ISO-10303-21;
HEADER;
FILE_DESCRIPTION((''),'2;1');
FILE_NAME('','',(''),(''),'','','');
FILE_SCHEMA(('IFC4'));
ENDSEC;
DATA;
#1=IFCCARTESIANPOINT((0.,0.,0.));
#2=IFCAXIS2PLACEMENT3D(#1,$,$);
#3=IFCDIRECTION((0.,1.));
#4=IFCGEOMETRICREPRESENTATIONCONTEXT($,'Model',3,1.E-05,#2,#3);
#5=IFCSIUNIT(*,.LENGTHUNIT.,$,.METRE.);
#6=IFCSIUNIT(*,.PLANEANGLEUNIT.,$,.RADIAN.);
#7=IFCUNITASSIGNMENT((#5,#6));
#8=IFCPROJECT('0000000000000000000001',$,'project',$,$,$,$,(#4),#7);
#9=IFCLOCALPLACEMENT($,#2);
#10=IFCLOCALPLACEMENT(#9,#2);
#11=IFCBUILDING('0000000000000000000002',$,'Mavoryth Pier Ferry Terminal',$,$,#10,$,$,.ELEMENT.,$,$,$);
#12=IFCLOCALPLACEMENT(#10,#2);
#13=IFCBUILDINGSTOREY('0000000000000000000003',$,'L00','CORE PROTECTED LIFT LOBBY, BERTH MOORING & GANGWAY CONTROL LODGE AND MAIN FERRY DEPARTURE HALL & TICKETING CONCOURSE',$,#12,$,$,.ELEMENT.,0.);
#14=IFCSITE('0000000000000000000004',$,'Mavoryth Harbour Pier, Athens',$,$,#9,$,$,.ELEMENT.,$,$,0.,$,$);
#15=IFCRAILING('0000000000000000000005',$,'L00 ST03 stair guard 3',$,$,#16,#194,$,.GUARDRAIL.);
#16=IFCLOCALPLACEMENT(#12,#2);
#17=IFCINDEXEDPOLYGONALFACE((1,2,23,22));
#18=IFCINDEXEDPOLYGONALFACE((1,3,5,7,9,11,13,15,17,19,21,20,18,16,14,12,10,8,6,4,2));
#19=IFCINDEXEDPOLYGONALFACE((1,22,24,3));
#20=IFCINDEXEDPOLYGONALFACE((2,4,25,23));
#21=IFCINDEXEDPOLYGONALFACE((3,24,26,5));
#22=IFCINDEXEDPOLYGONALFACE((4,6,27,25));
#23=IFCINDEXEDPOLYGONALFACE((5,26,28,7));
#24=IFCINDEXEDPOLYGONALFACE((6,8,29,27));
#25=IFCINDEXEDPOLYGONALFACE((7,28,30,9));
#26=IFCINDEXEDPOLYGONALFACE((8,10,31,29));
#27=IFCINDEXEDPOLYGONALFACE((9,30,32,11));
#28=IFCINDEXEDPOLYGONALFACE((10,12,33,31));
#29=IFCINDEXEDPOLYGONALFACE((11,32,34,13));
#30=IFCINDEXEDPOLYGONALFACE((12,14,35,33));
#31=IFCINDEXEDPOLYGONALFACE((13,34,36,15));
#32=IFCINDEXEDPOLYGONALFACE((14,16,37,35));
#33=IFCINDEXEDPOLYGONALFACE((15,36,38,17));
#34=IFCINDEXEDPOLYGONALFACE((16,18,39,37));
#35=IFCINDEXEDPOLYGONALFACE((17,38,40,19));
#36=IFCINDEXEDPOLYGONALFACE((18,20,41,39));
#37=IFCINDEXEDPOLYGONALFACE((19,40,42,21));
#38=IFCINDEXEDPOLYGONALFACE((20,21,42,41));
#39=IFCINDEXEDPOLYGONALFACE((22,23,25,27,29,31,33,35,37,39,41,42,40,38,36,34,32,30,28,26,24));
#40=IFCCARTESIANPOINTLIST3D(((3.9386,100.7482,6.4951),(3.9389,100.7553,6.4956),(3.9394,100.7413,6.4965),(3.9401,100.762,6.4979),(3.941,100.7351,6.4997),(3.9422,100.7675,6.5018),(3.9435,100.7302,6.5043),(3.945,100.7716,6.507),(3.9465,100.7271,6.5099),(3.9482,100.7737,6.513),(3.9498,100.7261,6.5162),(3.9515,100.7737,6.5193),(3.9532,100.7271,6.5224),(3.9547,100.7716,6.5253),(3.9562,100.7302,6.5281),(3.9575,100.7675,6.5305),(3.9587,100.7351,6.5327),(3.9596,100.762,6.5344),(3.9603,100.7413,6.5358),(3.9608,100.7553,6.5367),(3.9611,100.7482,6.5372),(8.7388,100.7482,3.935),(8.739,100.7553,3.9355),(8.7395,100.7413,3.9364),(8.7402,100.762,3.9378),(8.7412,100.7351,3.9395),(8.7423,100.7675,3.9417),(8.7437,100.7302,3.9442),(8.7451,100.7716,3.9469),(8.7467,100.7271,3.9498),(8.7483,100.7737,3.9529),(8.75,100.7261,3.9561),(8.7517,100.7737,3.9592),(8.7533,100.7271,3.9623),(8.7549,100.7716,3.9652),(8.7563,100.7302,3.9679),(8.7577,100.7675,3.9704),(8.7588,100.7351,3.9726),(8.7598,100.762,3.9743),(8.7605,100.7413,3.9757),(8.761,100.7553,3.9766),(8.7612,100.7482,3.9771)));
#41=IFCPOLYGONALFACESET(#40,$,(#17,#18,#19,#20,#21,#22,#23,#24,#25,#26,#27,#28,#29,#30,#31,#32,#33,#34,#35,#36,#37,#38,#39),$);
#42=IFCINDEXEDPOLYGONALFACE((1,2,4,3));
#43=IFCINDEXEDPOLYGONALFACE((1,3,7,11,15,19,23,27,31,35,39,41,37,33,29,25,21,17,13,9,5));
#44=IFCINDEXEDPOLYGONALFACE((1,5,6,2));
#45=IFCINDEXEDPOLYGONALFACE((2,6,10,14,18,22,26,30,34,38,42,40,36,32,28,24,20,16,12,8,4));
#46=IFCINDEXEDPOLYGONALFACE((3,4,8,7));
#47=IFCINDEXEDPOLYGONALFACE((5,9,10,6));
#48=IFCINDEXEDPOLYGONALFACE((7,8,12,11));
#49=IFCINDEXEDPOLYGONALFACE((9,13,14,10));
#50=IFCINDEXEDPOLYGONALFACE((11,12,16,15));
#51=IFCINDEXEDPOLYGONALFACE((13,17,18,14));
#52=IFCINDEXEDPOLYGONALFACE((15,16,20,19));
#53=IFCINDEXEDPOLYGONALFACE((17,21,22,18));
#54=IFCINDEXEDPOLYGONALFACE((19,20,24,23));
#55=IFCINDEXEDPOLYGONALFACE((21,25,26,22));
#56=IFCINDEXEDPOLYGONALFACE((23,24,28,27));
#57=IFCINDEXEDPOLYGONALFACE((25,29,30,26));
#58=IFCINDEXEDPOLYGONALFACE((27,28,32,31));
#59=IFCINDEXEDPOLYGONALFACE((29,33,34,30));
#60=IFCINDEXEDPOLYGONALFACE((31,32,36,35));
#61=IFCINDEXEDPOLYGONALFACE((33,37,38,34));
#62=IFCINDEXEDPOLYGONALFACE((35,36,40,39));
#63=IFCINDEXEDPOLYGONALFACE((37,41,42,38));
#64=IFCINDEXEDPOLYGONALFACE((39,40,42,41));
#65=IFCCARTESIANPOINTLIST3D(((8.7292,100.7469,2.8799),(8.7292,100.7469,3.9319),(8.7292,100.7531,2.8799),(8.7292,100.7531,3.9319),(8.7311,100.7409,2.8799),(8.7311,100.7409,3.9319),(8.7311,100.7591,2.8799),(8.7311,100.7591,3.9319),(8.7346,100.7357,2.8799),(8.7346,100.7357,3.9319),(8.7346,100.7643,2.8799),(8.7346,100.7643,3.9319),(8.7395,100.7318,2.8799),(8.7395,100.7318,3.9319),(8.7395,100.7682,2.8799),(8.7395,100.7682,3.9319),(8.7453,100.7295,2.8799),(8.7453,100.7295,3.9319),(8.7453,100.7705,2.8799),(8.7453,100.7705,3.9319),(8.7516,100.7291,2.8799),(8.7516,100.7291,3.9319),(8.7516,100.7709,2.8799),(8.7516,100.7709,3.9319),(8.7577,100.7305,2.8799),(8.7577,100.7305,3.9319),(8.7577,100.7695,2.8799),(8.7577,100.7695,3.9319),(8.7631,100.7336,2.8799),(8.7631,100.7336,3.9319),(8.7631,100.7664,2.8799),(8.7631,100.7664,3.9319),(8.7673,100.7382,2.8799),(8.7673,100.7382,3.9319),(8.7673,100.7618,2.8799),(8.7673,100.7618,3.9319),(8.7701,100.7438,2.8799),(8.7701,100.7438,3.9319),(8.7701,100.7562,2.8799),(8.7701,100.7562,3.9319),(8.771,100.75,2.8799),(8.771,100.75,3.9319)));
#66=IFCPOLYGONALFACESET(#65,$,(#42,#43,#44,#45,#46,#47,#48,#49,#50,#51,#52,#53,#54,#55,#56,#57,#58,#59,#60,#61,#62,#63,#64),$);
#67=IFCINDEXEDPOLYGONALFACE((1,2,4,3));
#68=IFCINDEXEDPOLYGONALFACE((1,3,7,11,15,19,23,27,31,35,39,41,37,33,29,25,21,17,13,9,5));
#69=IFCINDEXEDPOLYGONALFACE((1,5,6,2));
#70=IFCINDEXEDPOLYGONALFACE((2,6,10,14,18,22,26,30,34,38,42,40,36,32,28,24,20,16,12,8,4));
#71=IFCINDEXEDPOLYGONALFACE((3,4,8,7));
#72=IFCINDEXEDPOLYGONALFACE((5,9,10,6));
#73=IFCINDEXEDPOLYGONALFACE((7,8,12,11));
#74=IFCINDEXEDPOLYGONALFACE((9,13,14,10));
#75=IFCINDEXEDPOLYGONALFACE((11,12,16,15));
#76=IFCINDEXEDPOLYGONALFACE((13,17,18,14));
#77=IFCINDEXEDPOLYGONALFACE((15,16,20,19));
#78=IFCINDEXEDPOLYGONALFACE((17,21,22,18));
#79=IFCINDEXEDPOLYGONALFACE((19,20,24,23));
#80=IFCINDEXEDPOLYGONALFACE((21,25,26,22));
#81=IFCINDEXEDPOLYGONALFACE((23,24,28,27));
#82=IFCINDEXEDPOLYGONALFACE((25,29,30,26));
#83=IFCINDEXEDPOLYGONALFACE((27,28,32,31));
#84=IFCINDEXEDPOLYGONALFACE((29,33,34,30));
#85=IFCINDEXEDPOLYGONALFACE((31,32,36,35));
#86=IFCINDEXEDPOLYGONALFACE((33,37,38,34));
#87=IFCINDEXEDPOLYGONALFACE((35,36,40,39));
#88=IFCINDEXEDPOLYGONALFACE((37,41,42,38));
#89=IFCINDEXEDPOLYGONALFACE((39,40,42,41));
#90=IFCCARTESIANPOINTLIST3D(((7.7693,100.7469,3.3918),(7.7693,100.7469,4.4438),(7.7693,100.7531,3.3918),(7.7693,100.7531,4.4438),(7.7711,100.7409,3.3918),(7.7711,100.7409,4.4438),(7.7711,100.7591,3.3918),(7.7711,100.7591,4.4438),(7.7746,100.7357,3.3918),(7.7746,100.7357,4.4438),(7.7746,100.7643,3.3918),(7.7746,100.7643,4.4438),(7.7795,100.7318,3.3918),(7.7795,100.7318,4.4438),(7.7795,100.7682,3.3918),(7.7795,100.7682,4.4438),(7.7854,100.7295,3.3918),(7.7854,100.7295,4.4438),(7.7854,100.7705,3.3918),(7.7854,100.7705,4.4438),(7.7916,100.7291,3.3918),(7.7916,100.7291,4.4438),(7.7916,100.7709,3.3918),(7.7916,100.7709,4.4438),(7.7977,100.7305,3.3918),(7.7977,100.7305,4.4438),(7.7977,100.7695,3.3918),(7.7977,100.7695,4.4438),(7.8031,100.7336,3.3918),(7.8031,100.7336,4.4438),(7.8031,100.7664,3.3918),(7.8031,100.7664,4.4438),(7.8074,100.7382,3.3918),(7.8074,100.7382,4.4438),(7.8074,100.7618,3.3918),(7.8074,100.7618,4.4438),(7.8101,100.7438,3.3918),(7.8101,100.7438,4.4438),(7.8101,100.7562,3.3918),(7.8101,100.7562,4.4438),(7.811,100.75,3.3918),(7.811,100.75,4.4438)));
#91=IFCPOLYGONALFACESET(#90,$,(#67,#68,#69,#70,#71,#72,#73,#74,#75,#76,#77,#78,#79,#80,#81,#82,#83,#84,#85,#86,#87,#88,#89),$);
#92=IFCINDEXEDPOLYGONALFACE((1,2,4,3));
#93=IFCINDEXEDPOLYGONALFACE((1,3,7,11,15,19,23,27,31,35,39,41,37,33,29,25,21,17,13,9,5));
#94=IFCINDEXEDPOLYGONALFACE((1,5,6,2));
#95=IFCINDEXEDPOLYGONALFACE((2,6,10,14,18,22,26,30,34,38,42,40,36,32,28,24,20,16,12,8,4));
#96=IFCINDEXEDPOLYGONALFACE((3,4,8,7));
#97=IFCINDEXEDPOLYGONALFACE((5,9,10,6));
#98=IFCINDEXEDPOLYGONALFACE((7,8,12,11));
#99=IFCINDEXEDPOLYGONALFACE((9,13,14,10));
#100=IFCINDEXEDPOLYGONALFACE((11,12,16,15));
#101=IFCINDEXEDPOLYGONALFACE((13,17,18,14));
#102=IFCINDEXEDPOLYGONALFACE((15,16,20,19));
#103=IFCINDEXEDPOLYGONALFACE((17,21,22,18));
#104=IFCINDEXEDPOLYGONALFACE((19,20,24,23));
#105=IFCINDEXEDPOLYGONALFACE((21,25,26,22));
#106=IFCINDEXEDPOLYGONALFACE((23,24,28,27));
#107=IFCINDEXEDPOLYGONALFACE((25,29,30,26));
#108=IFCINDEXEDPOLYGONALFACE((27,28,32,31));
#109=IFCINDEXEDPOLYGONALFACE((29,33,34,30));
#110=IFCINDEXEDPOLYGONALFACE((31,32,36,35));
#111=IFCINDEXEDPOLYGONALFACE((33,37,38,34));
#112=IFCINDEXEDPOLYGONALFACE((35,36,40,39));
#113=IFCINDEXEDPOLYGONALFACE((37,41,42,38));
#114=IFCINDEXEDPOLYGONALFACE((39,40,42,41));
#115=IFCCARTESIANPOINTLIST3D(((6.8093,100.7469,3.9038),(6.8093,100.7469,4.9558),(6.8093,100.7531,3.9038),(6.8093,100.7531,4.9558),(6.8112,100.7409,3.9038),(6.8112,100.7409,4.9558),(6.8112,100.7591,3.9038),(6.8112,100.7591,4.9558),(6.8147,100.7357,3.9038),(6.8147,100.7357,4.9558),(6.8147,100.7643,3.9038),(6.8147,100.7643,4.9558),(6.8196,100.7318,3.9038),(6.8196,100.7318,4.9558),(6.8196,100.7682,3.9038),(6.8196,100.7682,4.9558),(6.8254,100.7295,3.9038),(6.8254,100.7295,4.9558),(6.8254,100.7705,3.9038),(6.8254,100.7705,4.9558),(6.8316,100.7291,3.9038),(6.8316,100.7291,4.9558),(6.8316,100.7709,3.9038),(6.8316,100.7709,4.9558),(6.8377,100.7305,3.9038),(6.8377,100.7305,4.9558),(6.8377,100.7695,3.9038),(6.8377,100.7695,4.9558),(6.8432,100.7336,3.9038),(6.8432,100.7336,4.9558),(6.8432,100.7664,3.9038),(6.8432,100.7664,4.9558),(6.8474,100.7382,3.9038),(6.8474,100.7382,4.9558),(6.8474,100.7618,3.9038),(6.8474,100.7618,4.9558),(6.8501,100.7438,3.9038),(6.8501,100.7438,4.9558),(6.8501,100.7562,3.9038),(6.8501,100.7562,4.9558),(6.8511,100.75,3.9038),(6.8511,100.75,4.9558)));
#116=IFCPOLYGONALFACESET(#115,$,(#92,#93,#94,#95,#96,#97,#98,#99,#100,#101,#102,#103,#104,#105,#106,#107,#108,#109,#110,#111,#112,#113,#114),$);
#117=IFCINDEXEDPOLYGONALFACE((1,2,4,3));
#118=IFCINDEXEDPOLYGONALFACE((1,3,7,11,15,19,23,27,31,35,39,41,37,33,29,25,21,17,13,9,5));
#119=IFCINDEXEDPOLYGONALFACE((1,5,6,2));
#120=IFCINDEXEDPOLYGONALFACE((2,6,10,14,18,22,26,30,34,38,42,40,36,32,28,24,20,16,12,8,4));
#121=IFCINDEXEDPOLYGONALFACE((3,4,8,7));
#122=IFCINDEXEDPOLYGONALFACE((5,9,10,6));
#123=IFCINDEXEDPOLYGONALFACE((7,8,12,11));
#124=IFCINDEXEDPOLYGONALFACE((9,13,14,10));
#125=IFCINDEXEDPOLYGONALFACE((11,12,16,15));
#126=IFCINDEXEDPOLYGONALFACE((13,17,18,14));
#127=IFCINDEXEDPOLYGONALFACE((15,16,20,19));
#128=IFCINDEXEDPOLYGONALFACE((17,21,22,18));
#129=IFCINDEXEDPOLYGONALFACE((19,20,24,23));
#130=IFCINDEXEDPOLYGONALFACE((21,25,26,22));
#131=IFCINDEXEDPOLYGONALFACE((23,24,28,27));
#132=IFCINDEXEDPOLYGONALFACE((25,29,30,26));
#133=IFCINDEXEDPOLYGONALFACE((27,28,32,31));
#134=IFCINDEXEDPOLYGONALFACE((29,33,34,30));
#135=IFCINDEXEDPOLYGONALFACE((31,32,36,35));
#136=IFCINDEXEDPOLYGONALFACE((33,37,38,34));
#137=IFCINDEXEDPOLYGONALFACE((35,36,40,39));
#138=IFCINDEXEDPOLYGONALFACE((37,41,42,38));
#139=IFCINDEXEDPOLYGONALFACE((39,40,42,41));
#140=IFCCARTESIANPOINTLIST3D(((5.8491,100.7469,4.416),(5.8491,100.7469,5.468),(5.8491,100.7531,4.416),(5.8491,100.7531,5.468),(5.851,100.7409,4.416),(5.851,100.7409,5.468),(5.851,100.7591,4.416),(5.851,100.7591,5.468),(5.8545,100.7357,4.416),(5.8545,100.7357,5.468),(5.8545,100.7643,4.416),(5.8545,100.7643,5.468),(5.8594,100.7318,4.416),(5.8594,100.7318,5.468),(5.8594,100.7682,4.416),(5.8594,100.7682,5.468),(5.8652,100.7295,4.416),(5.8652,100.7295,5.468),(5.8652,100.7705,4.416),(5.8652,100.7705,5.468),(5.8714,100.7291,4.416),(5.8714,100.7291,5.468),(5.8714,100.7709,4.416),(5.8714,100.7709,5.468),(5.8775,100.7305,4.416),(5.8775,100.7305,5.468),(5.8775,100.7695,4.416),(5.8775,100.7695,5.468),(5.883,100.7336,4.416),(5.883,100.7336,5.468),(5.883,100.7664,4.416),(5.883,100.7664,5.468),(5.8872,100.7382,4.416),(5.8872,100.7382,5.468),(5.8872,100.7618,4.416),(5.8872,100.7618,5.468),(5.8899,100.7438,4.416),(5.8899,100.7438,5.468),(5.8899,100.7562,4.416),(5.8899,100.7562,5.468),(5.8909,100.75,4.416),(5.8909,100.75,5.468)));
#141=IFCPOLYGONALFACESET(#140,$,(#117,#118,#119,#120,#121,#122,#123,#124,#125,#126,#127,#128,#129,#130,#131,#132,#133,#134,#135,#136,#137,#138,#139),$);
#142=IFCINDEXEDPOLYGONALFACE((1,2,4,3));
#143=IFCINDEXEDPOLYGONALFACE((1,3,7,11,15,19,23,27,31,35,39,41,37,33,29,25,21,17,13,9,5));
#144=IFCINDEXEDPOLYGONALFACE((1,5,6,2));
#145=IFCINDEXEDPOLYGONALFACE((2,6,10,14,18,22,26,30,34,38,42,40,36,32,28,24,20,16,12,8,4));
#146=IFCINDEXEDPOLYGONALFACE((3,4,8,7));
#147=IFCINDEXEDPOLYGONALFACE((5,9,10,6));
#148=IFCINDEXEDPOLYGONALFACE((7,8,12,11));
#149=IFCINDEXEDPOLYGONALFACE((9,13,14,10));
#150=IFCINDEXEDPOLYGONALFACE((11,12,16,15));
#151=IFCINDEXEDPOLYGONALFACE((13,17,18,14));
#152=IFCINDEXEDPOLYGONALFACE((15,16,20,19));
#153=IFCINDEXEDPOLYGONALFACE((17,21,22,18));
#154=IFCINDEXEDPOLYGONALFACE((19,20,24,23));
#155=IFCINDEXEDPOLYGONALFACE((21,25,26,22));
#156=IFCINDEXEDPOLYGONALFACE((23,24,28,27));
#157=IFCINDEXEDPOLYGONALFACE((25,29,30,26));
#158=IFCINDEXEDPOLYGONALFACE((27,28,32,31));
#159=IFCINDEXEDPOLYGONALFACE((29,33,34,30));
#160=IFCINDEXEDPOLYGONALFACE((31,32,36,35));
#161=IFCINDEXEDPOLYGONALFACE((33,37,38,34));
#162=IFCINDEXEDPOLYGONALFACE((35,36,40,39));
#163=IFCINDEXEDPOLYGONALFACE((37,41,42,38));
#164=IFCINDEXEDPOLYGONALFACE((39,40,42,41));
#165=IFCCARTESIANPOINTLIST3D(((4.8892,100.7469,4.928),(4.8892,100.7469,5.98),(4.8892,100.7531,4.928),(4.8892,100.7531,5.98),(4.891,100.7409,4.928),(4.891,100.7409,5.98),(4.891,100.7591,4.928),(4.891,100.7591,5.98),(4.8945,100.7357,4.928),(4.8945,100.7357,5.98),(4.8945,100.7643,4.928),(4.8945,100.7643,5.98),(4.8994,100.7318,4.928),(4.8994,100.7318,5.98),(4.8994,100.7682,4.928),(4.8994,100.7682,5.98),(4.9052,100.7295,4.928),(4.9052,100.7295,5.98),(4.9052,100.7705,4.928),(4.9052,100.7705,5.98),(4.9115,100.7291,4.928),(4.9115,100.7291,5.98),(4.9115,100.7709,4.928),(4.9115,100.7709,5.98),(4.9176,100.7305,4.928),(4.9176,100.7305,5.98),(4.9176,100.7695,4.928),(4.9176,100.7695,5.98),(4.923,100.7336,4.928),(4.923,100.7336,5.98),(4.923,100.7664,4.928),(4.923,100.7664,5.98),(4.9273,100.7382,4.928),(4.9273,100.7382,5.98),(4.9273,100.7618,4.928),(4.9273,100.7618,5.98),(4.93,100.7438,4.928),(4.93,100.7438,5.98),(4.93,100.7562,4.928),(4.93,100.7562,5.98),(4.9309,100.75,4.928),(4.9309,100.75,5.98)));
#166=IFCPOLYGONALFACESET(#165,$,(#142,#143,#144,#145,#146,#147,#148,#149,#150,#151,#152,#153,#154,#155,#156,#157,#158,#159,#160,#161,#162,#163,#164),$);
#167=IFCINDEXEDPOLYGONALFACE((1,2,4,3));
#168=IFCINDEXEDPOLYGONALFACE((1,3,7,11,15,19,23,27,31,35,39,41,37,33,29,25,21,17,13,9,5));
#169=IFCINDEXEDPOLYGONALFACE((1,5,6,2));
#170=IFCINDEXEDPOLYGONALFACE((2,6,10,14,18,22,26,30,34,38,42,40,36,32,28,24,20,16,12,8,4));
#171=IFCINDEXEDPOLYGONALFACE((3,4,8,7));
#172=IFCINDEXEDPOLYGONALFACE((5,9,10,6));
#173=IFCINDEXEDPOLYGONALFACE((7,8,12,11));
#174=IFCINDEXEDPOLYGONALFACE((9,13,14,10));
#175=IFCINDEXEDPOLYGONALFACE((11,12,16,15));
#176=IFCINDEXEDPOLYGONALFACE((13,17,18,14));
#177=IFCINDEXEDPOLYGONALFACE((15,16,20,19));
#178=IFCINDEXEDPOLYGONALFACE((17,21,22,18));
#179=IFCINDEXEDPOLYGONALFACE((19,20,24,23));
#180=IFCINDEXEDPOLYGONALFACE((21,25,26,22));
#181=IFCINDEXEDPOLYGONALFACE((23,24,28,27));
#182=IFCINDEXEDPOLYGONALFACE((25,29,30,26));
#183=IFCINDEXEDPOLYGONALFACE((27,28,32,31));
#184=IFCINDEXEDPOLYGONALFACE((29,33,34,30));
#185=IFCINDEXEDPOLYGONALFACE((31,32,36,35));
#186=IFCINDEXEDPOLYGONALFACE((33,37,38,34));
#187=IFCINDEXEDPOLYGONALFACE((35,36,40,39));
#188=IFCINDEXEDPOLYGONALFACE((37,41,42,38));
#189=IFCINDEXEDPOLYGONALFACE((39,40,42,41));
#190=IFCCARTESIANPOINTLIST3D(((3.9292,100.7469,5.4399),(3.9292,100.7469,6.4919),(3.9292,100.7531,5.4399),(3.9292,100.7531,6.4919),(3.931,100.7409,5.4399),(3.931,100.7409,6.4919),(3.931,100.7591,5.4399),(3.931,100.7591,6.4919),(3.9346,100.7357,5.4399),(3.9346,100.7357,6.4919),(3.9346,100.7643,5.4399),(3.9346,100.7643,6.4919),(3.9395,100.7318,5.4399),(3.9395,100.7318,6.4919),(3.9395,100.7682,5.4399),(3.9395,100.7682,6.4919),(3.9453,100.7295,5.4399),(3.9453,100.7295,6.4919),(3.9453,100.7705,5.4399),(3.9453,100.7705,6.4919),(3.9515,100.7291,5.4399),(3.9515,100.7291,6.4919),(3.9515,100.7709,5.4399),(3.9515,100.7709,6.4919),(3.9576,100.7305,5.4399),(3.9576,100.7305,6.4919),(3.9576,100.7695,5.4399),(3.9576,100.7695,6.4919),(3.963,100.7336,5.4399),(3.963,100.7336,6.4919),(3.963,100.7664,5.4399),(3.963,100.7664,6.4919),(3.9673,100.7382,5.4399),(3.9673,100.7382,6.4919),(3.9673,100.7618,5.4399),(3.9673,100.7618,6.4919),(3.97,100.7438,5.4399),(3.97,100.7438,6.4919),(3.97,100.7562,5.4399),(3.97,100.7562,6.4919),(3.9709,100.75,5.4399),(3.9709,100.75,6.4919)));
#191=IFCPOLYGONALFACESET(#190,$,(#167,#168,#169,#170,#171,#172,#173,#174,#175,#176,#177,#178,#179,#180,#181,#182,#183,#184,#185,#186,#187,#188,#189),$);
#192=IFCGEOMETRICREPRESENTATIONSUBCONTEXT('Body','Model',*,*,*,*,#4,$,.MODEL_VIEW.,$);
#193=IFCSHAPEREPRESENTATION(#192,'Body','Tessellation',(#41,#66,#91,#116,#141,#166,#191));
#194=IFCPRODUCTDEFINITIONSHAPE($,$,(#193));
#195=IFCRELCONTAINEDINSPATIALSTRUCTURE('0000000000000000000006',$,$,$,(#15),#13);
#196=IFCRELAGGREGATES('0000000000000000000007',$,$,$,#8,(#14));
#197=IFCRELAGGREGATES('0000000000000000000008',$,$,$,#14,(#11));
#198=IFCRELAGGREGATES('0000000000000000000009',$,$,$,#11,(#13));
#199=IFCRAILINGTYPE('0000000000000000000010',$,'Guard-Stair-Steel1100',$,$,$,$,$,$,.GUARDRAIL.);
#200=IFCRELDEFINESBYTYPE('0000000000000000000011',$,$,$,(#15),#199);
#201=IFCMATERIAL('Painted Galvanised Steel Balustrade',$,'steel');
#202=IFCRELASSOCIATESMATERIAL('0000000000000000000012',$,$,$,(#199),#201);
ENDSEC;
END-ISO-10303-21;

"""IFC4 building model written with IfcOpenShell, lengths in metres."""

from ifc_helpers import new_model, si_unit, direction, frame, origin, origin_2d, place, context, subcontext, project, spatial, circle, extrude, material, type_object, element, save


model = new_model("IFC4")

# Units and contexts
model_context = context("Model", 3, precision=1e-05, world=origin(), true_north=direction((0.0, 1.0)))
body_context = subcontext(model_context, "Body", "Model", "MODEL_VIEW")
ifc_project = project(units=[si_unit("LENGTHUNIT", "METRE"), si_unit("PLANEANGLEUNIT", "RADIAN")], contexts=[model_context])

# Site, building, storey
site_placement = place(None, origin())
site = spatial("IfcSite", under=ifc_project, at=site_placement, Name="Mavoryth Harbour Pier, Athens", CompositionType="ELEMENT", RefElevation=0.0)
building_placement = place(site_placement, origin())
building = spatial("IfcBuilding", under=site, at=building_placement, Name="Mavoryth Pier Ferry Terminal", CompositionType="ELEMENT")
storey_placement = place(building_placement, origin())
storey = spatial("IfcBuildingStorey", under=building, at=storey_placement, Name="L00", Description="CORE PROTECTED LIFT LOBBY, BERTH MOORING & GANGWAY CONTROL LODGE AND MAIN FERRY DEPARTURE HALL & TICKETING CONCOURSE", CompositionType="ELEMENT", Elevation=0.0)

# Railing
ifc_material_1 = material(Name="Painted Galvanised Steel Balustrade", Category="steel")
railing_type_1 = type_object("IfcRailingType", Name="Guard-Stair-Steel1100", PredefinedType="GUARDRAIL", material=ifc_material_1)
railing_1_placement = place(storey_placement, frame((8.75, 100.75, 2.8799)))
element("IfcRailing", 1, at=railing_1_placement, inside=storey, type_object=railing_type_1, Name="L00 ST03 stair guard 3", PredefinedType="GUARDRAIL", context=body_context, shape_type="SweptSolid", body=[
    extrude(circle(Radius=0.0239, at=origin_2d()), frame((0.0, 0.0, 1.0762), z_axis=(-0.88235, 0.0, 0.470593), x_axis=(0.0, -1.0, 0.0)), (0.0, 0.0, 1.0), 5.4402),
    extrude(circle(Radius=0.021, at=origin_2d()), origin(), (0.0, 0.0, 1.0), 1.052),
    extrude(circle(Radius=0.021, at=origin_2d()), frame((-0.96, 0.0, 0.512)), (0.0, 0.0, 1.0), 1.052),
    extrude(circle(Radius=0.021, at=origin_2d()), frame((-1.9199, 0.0, 1.0239)), (0.0, 0.0, 1.0), 1.052),
    extrude(circle(Radius=0.021, at=origin_2d()), frame((-2.8801, 0.0, 1.5361)), (0.0, 0.0, 1.0), 1.052),
    extrude(circle(Radius=0.021, at=origin_2d()), frame((-3.8401, 0.0, 2.0481)), (0.0, 0.0, 1.0), 1.052),
    extrude(circle(Radius=0.021, at=origin_2d()), frame((-4.8, 0.0, 2.5601)), (0.0, 0.0, 1.0), 1.052),
])

save(model, "model.ifc")
